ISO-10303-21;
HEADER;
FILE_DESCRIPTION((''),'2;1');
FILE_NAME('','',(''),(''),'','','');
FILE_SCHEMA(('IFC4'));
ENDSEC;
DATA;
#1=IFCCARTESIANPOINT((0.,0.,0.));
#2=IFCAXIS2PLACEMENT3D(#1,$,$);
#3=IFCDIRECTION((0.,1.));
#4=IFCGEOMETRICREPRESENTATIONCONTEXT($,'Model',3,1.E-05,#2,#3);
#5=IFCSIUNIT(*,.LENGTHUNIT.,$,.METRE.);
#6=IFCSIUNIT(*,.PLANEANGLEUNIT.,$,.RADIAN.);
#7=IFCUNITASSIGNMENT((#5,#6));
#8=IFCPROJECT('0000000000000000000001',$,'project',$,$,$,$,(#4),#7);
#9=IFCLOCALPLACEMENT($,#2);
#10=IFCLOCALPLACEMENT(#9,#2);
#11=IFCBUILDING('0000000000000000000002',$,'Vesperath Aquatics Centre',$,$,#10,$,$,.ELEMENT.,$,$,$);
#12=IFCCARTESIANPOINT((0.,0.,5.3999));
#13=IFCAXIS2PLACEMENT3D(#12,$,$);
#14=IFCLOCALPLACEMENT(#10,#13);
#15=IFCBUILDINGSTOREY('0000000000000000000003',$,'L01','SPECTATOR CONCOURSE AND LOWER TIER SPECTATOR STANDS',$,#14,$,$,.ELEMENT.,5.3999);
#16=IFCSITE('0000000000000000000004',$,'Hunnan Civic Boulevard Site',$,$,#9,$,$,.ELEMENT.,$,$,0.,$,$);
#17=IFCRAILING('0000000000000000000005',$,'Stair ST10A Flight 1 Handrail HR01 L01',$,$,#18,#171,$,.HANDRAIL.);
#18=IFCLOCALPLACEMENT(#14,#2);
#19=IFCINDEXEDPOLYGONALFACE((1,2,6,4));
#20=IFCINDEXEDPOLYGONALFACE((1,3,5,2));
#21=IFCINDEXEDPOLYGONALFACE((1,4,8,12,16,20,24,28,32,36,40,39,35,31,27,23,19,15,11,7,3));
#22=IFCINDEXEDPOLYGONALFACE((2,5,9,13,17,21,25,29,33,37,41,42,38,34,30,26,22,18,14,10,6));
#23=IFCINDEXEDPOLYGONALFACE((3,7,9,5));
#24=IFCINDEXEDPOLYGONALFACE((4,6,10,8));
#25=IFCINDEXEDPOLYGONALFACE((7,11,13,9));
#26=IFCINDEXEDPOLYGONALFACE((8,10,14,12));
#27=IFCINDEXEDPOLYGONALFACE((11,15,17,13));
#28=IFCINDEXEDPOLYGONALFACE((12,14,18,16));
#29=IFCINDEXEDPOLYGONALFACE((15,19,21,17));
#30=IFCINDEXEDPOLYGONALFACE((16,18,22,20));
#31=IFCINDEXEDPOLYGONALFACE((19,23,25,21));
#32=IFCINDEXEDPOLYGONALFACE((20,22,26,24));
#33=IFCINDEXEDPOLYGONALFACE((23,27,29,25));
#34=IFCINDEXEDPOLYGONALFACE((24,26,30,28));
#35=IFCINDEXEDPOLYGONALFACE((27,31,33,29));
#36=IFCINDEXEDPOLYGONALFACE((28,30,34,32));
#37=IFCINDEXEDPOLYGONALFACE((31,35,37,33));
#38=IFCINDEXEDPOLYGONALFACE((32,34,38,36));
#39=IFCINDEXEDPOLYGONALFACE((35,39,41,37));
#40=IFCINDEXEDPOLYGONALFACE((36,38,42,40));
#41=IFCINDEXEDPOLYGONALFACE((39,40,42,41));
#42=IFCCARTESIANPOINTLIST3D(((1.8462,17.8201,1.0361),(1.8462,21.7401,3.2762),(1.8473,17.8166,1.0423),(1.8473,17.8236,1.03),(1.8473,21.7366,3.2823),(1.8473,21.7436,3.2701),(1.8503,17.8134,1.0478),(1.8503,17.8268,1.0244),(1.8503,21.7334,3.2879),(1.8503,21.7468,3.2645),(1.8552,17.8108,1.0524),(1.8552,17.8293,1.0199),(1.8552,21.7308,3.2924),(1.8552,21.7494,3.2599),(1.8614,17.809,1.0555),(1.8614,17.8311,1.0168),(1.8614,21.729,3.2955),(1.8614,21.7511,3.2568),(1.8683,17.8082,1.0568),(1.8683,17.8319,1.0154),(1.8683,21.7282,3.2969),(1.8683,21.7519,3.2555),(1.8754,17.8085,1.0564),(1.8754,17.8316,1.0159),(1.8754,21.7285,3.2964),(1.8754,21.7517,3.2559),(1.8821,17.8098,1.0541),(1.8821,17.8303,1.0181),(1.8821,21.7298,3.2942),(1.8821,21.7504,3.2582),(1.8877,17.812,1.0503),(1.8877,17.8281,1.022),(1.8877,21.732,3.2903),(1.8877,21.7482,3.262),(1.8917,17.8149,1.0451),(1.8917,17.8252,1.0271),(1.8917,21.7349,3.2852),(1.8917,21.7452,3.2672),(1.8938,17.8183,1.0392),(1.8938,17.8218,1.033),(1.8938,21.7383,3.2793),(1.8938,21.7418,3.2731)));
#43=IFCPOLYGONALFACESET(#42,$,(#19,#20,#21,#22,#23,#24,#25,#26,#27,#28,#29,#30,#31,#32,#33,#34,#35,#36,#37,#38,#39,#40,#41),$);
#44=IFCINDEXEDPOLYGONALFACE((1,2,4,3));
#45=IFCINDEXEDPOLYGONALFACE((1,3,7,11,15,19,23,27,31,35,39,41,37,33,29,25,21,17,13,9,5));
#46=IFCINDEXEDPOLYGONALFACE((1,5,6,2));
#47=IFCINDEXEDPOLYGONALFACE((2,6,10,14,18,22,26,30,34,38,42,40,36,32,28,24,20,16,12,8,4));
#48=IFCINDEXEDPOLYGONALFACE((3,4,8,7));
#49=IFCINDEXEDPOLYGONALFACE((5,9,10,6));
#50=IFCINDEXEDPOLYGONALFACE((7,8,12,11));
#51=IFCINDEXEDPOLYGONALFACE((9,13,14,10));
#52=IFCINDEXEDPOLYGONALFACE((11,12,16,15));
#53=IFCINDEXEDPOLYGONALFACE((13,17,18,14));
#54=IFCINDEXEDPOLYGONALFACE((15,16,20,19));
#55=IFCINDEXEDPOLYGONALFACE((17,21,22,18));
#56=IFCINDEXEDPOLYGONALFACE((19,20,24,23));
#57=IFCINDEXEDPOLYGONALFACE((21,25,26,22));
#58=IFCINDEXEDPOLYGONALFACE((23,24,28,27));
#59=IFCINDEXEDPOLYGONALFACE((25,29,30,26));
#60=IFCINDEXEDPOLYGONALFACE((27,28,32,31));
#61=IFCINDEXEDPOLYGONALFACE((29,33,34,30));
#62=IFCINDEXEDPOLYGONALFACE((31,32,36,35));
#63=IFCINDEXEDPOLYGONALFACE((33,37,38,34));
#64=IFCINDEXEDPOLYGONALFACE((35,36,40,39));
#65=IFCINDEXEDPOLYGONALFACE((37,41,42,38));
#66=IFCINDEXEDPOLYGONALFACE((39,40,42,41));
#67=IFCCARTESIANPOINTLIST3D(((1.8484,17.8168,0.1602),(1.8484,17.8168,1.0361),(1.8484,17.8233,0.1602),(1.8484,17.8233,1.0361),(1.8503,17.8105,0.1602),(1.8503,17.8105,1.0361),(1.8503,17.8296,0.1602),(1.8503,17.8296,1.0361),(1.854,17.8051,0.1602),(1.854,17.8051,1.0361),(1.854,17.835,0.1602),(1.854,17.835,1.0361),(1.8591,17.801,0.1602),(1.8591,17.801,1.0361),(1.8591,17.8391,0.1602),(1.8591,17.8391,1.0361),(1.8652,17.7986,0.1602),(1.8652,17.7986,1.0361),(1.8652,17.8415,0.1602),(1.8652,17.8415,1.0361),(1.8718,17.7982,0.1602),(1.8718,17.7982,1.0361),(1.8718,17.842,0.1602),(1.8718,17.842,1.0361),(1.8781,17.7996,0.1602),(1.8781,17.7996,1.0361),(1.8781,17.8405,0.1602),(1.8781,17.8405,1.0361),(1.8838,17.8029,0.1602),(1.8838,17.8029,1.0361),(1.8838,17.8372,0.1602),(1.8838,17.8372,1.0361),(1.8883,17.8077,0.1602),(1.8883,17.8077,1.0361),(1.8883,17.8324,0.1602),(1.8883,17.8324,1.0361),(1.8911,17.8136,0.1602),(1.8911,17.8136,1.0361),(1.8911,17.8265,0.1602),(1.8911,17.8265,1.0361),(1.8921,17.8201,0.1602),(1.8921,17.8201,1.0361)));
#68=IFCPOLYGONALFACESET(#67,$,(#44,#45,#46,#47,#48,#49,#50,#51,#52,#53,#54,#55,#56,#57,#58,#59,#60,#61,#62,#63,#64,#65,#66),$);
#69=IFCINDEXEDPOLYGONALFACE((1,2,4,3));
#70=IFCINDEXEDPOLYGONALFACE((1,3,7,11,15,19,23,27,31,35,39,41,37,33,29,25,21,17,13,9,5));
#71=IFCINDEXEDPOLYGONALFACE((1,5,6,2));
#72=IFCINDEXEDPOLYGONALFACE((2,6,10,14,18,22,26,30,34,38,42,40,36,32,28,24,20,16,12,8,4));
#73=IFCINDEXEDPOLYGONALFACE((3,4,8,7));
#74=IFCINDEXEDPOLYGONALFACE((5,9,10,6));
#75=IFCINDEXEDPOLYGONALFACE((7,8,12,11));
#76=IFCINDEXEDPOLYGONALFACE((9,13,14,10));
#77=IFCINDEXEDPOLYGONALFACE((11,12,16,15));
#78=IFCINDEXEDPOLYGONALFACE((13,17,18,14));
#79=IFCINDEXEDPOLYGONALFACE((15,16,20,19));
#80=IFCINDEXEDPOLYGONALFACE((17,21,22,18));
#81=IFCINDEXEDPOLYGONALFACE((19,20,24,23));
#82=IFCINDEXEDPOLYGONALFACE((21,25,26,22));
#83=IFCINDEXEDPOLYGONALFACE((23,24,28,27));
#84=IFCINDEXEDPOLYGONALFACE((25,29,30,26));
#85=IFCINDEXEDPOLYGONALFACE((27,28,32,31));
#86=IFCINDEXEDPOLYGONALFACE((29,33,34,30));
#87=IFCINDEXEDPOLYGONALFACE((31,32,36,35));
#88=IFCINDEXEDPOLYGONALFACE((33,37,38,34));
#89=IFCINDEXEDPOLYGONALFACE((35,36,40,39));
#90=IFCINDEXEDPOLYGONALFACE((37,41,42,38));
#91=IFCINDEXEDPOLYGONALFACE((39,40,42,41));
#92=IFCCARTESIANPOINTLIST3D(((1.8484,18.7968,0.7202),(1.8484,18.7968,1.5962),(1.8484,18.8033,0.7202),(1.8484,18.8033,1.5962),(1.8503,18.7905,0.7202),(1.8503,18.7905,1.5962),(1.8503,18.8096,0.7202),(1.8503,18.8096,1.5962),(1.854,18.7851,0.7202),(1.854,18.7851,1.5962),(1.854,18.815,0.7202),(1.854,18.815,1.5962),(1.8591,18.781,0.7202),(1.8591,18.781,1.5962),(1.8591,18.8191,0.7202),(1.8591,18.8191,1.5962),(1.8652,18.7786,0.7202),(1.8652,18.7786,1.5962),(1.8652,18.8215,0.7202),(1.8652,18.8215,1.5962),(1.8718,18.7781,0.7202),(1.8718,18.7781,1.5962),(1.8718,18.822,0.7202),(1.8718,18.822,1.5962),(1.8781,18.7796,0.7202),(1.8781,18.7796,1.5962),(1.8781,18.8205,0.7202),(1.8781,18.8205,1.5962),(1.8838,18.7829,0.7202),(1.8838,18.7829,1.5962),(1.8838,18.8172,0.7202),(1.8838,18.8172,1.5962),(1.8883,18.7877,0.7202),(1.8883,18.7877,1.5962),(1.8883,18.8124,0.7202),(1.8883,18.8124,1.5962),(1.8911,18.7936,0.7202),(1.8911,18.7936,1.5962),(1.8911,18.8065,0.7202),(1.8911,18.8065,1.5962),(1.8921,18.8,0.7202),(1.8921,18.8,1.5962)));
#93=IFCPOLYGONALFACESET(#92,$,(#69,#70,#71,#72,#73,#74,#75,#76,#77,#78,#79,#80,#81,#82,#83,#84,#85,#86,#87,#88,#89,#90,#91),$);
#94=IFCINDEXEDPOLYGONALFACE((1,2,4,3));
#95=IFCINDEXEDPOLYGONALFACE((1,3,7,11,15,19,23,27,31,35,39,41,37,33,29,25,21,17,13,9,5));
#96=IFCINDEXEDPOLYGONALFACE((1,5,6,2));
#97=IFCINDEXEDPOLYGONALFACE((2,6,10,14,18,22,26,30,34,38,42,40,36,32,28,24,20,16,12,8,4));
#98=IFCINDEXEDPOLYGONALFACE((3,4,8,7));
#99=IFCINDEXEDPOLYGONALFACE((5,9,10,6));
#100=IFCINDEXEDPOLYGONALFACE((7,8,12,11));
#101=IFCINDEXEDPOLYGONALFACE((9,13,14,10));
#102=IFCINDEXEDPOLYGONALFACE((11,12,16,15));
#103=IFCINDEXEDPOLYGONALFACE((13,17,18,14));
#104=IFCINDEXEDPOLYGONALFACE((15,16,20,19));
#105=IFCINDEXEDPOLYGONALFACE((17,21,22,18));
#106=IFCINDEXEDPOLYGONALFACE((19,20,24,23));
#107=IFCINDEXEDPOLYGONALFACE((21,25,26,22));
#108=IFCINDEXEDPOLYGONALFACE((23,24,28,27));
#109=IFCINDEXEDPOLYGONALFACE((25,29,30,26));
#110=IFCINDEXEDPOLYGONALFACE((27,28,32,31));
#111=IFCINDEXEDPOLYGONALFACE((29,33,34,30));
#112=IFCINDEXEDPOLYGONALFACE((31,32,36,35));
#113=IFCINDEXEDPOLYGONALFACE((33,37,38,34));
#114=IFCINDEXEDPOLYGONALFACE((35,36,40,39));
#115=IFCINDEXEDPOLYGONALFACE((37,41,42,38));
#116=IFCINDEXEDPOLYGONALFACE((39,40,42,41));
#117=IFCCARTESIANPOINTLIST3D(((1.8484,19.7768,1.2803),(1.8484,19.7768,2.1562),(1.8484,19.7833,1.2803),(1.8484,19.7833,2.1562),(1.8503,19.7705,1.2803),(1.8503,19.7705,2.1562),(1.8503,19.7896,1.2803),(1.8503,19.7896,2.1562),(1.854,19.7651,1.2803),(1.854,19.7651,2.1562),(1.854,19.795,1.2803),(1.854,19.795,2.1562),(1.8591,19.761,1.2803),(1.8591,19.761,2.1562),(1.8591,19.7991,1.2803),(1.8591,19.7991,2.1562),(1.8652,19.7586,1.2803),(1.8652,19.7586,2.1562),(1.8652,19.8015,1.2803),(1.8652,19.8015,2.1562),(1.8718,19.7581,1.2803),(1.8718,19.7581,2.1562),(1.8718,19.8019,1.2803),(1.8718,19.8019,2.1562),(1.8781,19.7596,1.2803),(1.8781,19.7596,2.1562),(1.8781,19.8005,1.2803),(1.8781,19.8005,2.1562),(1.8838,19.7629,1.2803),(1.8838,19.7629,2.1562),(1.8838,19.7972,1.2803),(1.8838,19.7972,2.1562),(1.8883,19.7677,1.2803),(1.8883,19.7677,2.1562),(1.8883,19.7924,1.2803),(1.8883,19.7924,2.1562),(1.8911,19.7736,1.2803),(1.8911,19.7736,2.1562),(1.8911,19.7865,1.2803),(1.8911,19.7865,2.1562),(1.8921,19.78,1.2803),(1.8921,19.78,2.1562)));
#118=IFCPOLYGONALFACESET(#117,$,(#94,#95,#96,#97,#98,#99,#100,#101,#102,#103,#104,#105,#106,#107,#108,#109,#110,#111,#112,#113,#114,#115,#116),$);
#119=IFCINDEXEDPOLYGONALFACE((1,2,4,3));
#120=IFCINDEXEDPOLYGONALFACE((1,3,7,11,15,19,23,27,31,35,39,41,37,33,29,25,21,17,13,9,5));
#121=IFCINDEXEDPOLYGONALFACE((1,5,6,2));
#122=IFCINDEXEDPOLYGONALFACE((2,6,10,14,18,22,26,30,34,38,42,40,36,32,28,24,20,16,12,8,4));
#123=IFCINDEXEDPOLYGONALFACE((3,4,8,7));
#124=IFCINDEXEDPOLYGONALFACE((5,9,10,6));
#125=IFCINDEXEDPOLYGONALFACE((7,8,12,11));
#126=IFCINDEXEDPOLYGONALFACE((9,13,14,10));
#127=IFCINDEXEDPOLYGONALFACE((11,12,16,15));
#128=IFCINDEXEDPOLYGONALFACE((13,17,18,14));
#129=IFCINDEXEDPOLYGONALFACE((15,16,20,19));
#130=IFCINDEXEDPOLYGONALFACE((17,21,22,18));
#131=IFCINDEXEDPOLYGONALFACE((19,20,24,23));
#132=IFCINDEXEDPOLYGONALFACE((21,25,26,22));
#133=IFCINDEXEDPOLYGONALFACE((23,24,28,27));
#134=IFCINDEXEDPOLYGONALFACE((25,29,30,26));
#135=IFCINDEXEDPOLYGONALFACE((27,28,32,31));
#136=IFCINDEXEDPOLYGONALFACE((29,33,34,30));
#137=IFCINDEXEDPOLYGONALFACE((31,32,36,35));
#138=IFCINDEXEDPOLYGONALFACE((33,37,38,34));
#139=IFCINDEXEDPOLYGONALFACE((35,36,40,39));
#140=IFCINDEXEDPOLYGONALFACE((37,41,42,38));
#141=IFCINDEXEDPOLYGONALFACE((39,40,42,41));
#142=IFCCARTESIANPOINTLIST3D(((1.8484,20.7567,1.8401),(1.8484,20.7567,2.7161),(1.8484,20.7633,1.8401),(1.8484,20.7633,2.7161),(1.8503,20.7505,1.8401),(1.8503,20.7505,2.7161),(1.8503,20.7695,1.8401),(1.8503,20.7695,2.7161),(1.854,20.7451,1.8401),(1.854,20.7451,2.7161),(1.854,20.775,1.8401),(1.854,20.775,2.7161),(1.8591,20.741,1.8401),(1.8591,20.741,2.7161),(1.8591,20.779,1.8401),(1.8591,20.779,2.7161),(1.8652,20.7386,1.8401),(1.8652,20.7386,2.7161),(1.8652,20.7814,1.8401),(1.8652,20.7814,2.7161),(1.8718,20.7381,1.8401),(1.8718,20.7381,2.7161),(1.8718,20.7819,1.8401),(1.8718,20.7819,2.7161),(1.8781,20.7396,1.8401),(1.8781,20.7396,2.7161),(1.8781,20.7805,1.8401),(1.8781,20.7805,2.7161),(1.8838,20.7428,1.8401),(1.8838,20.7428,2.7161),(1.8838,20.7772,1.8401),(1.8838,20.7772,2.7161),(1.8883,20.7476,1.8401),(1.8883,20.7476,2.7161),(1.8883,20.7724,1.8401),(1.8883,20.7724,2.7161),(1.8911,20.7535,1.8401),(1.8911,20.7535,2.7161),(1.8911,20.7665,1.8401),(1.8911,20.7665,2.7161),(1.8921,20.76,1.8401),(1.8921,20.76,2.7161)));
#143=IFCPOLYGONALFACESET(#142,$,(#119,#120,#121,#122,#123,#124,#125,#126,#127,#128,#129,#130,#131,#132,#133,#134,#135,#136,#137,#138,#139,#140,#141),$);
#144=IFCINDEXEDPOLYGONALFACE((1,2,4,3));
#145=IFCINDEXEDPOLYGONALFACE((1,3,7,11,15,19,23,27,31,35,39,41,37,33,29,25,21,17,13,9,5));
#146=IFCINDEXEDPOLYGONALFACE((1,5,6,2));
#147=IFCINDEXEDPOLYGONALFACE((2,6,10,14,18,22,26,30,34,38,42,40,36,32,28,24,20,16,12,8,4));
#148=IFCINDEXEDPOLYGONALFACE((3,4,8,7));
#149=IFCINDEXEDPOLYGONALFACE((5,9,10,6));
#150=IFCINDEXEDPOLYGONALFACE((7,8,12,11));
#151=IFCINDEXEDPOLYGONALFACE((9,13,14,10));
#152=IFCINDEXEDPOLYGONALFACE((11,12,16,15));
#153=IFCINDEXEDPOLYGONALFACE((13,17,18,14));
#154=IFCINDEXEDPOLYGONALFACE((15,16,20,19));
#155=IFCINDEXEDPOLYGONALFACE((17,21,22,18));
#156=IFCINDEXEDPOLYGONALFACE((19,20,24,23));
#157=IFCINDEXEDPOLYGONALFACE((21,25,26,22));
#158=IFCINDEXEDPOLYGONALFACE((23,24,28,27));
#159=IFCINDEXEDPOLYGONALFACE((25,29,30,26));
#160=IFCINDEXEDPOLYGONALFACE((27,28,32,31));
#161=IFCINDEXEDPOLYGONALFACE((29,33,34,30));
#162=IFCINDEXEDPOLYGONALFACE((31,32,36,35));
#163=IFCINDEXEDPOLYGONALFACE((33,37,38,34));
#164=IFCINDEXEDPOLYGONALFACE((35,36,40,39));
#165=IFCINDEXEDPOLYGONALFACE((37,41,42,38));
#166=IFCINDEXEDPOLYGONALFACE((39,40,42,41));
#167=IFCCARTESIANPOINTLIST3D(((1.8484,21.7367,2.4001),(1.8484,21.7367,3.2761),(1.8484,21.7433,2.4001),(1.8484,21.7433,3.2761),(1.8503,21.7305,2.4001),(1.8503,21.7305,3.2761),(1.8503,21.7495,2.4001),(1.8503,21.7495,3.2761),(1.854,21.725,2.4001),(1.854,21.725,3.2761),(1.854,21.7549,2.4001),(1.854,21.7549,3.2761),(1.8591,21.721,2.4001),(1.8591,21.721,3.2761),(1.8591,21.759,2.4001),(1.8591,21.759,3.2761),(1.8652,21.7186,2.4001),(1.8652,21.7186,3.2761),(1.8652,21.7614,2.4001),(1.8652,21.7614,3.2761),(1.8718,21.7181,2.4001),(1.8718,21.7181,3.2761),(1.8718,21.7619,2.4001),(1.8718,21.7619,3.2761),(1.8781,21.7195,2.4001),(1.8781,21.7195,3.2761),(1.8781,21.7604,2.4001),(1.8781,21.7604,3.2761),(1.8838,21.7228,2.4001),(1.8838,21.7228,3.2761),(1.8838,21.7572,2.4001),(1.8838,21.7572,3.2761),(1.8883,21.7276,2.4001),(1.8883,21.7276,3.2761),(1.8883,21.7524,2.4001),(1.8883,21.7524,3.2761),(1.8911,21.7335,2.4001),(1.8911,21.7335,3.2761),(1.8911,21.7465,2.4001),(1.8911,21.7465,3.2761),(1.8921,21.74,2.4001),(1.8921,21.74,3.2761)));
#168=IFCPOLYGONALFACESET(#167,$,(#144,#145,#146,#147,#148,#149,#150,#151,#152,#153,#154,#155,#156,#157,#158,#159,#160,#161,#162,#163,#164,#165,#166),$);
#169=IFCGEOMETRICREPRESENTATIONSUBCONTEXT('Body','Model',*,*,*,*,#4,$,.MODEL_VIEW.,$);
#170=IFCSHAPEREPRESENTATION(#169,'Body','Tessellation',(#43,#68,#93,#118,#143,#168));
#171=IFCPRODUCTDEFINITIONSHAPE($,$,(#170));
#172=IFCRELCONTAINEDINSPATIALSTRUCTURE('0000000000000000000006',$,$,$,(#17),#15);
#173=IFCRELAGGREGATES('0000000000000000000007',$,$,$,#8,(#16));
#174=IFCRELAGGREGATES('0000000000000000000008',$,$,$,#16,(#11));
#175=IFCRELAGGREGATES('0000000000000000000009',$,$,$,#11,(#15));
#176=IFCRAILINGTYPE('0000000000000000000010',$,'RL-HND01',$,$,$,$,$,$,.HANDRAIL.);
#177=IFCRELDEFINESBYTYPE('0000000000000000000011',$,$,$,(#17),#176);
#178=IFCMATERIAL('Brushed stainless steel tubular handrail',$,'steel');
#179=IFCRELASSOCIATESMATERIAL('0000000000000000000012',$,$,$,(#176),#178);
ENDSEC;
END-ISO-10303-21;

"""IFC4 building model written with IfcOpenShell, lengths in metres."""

from ifc_helpers import new_model, si_unit, direction, frame, origin, origin_2d, place, context, subcontext, project, spatial, circle, extrude, material, type_object, element, save


model = new_model("IFC4")

# Units and contexts
model_context = context("Model", 3, precision=1e-05, world=origin(), true_north=direction((0.0, 1.0)))
body_context = subcontext(model_context, "Body", "Model", "MODEL_VIEW")
ifc_project = project(units=[si_unit("LENGTHUNIT", "METRE"), si_unit("PLANEANGLEUNIT", "RADIAN")], contexts=[model_context])

# Site, building, storey
site_placement = place(None, origin())
site = spatial("IfcSite", under=ifc_project, at=site_placement, Name="Hunnan Civic Boulevard Site", CompositionType="ELEMENT", RefElevation=0.0)
building_placement = place(site_placement, origin())
building = spatial("IfcBuilding", under=site, at=building_placement, Name="Vesperath Aquatics Centre", CompositionType="ELEMENT")
storey_placement = place(building_placement, frame((0.0, 0.0, 5.3999)))
storey = spatial("IfcBuildingStorey", under=building, at=storey_placement, Name="L01", Description="SPECTATOR CONCOURSE AND LOWER TIER SPECTATOR STANDS", CompositionType="ELEMENT", Elevation=5.3999)

# Railing
ifc_material_1 = material(Name="Brushed stainless steel tubular handrail", Category="steel")
railing_type_1 = type_object("IfcRailingType", Name="RL-HND01", PredefinedType="HANDRAIL", material=ifc_material_1)
railing_1_placement = place(storey_placement, frame((1.8701, 17.8201, 0.1602)))
element("IfcRailing", 1, at=railing_1_placement, inside=storey, type_object=railing_type_1, Name="Stair ST10A Flight 1 Handrail HR01 L01", PredefinedType="HANDRAIL", context=body_context, shape_type="SweptSolid", body=[
    extrude(circle(Radius=0.0239, at=origin_2d()), frame((0.0, 0.0, 0.876), z_axis=(0.0, 0.86824, 0.496145), x_axis=(-1.0, 0.0, 0.0)), (0.0, 0.0, 1.0), 4.5149),
    extrude(circle(Radius=0.022, at=origin_2d()), origin(), (0.0, 0.0, 1.0), 0.876),
    extrude(circle(Radius=0.022, at=origin_2d()), frame((0.0, 0.98, 0.5601)), (0.0, 0.0, 1.0), 0.876),
    extrude(circle(Radius=0.022, at=origin_2d()), frame((0.0, 1.96, 1.1201)), (0.0, 0.0, 1.0), 0.876),
    extrude(circle(Radius=0.022, at=origin_2d()), frame((0.0, 2.9399, 1.6799)), (0.0, 0.0, 1.0), 0.876),
    extrude(circle(Radius=0.022, at=origin_2d()), frame((0.0, 3.9199, 2.24)), (0.0, 0.0, 1.0), 0.876),
])

save(model, "model.ifc")
